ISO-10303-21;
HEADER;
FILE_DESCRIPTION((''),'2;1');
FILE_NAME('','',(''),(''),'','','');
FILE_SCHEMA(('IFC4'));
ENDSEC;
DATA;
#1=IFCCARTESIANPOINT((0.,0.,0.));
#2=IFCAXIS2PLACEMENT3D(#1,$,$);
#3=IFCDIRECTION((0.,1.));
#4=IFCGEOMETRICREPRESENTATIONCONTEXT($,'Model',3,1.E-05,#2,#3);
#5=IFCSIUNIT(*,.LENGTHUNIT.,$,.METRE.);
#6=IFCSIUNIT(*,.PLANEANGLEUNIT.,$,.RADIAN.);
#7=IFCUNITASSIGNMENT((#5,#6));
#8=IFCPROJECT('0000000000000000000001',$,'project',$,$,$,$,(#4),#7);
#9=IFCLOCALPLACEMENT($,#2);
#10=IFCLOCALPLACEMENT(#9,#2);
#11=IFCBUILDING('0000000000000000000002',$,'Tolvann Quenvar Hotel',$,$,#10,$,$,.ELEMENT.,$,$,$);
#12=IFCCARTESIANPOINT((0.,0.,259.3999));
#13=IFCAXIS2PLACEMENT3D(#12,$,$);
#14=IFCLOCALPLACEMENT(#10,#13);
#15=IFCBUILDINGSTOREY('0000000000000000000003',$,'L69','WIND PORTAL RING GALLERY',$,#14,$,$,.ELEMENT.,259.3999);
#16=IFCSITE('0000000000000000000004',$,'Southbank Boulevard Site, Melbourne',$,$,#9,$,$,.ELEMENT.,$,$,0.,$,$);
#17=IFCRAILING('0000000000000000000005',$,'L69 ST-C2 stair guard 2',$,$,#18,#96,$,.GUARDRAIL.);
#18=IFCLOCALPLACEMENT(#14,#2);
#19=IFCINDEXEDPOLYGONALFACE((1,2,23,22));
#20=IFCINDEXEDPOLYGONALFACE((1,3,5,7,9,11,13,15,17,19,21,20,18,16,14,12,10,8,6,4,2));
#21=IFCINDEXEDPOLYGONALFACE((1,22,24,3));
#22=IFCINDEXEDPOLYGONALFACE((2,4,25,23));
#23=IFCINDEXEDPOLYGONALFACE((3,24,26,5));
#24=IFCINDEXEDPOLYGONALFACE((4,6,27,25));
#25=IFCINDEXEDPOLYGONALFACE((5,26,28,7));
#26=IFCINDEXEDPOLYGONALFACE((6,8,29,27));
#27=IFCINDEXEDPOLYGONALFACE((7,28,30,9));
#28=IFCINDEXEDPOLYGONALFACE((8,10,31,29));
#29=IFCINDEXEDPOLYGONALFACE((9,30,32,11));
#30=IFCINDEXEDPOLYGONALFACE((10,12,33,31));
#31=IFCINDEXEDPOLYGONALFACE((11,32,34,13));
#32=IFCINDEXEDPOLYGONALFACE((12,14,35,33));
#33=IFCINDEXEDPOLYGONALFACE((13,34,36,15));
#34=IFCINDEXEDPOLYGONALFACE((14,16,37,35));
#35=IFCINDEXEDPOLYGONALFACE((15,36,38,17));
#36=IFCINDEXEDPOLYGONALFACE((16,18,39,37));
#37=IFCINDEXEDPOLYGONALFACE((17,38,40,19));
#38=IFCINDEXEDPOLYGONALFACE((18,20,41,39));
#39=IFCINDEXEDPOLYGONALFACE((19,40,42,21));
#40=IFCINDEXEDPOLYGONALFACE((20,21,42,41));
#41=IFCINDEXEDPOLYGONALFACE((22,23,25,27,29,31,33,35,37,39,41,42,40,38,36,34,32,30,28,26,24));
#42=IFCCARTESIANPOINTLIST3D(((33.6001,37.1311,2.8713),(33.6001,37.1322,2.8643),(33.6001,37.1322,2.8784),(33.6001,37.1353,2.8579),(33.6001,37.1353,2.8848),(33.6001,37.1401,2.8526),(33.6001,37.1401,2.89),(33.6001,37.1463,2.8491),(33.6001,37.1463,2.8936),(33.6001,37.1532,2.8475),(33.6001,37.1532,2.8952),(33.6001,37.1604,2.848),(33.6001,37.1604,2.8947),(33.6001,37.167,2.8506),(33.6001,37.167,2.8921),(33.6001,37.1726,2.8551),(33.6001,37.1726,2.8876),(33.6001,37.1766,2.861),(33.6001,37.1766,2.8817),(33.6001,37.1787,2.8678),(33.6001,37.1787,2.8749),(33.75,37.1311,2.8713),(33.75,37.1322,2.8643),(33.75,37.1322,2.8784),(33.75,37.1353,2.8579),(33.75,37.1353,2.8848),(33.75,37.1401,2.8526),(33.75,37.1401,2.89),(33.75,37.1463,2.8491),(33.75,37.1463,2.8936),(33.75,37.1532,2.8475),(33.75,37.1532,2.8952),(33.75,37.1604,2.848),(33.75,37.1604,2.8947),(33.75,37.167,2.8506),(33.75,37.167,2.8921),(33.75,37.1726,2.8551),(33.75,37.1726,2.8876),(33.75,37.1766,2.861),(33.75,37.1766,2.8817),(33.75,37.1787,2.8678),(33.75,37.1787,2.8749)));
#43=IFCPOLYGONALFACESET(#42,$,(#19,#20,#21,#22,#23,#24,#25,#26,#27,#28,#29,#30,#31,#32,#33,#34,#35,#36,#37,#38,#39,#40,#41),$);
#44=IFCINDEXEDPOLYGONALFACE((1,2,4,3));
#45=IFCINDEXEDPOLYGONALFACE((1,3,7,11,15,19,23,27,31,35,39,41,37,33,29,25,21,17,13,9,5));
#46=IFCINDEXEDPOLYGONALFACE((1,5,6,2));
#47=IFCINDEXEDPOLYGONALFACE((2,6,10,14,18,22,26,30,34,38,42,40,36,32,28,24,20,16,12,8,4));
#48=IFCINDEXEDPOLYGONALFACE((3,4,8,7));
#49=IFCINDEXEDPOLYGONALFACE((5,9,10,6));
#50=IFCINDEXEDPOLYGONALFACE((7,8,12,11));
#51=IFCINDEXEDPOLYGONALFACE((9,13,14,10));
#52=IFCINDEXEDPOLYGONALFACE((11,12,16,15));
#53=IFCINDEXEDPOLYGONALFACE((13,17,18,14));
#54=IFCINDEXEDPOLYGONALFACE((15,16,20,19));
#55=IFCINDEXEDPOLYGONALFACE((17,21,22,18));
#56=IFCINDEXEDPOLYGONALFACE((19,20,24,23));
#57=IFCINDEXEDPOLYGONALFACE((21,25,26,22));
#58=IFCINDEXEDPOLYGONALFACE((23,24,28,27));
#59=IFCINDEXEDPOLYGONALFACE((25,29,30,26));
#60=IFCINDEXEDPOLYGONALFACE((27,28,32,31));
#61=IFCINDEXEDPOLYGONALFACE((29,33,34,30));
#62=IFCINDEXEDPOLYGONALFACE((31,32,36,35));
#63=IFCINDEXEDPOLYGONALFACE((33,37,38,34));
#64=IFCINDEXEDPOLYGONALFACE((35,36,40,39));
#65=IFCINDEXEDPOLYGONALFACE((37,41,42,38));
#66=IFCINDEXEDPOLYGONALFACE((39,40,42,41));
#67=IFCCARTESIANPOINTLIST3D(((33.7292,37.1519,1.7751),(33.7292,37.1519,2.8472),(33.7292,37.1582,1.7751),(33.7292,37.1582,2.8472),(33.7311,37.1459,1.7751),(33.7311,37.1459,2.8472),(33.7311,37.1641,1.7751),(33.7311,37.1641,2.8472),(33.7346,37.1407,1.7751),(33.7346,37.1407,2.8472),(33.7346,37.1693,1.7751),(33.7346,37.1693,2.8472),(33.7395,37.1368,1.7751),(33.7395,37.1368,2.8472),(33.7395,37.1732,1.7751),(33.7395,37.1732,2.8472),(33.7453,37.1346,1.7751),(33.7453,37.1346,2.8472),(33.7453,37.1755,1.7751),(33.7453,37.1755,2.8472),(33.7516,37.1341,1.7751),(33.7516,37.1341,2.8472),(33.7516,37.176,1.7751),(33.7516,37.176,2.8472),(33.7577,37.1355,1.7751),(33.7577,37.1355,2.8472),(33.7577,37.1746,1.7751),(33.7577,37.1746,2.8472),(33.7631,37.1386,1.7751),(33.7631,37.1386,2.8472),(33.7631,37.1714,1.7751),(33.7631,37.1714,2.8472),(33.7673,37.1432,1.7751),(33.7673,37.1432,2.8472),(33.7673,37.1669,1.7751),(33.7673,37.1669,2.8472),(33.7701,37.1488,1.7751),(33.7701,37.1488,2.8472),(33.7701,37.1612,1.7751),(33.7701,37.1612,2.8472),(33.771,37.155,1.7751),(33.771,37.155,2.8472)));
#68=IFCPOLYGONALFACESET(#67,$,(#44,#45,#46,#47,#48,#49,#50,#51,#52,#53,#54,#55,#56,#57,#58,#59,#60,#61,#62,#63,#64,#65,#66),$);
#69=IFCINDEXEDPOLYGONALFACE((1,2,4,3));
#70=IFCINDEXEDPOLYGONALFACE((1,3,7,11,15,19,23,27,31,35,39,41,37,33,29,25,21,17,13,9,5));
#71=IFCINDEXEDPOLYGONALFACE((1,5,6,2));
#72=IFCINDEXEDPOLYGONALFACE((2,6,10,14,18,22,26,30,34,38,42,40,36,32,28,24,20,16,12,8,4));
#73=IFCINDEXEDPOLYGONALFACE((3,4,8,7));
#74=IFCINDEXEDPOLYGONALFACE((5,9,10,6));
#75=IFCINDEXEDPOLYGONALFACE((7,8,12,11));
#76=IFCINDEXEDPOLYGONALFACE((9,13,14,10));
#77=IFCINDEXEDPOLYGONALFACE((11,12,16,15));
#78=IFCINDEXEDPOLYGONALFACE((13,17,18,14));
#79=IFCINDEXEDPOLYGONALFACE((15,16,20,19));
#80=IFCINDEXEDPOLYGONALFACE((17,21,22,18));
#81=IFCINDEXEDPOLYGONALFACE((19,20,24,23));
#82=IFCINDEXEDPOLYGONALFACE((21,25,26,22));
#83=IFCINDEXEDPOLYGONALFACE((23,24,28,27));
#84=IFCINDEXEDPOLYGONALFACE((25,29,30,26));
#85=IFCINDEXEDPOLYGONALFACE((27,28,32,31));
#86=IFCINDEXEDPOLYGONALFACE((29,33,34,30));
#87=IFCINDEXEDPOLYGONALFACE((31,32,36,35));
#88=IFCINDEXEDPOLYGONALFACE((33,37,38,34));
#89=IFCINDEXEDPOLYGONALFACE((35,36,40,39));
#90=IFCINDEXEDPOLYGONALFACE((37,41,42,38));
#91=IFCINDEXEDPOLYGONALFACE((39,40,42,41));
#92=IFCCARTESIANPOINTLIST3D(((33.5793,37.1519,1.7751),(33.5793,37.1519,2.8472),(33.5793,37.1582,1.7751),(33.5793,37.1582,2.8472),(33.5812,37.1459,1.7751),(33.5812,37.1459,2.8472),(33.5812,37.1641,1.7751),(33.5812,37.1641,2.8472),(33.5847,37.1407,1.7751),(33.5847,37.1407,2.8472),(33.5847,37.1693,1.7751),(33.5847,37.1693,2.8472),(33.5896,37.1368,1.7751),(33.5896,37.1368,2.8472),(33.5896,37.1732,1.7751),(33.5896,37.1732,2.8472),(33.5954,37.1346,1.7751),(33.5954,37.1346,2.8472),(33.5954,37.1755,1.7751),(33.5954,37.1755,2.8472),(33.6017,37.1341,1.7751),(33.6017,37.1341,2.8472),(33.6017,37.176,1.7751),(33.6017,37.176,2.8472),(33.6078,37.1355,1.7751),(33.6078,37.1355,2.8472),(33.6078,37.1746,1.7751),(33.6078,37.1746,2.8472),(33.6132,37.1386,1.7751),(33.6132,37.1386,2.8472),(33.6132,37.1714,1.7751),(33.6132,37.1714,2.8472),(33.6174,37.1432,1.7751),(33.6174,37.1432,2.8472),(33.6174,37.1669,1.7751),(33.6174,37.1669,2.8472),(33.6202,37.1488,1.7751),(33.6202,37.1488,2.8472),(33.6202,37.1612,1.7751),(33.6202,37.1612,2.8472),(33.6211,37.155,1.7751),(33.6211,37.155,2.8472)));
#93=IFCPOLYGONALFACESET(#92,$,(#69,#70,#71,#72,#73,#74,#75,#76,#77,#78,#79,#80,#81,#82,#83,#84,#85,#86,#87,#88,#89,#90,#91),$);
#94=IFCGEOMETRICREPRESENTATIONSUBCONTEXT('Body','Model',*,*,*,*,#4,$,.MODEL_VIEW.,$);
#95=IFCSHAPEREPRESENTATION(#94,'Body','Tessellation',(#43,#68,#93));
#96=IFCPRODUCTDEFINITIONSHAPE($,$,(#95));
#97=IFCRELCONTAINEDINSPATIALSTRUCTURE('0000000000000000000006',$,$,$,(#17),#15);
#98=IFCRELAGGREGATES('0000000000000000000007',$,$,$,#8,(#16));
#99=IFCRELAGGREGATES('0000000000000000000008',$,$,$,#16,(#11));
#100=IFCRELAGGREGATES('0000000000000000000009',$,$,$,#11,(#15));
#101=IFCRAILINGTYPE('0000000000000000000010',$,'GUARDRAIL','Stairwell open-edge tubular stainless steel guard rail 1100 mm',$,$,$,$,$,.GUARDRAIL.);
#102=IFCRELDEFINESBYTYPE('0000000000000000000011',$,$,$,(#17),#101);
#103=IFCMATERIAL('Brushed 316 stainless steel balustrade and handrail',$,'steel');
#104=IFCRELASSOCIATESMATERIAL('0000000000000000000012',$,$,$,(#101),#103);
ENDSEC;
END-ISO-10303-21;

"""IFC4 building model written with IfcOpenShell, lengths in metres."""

from ifc_helpers import new_model, si_unit, direction, frame, origin, origin_2d, place, context, subcontext, project, spatial, circle, extrude, material, type_object, element, save


model = new_model("IFC4")

# Units and contexts
model_context = context("Model", 3, precision=1e-05, world=origin(), true_north=direction((0.0, 1.0)))
body_context = subcontext(model_context, "Body", "Model", "MODEL_VIEW")
ifc_project = project(units=[si_unit("LENGTHUNIT", "METRE"), si_unit("PLANEANGLEUNIT", "RADIAN")], contexts=[model_context])

# Site, building, storey
site_placement = place(None, origin())
site = spatial("IfcSite", under=ifc_project, at=site_placement, Name="Southbank Boulevard Site, Melbourne", CompositionType="ELEMENT", RefElevation=0.0)
building_placement = place(site_placement, origin())
building = spatial("IfcBuilding", under=site, at=building_placement, Name="Tolvann Quenvar Hotel", CompositionType="ELEMENT")
storey_placement = place(building_placement, frame((0.0, 0.0, 259.3999)))
storey = spatial("IfcBuildingStorey", under=building, at=storey_placement, Name="L69", Description="WIND PORTAL RING GALLERY", CompositionType="ELEMENT", Elevation=259.3999)

# Railing
ifc_material_1 = material(Name="Brushed 316 stainless steel balustrade and handrail", Category="steel")
railing_type_1 = type_object("IfcRailingType", Name="GUARDRAIL", Description="Stairwell open-edge tubular stainless steel guard rail 1100 mm", PredefinedType="GUARDRAIL", material=ifc_material_1)
railing_1_placement = place(storey_placement, frame((33.75, 37.155, 1.7751)))
element("IfcRailing", 1, at=railing_1_placement, inside=storey, type_object=railing_type_1, Name="L69 ST-C2 stair guard 2", PredefinedType="GUARDRAIL", context=body_context, shape_type="SweptSolid", body=[
    extrude(circle(Radius=0.0239, at=origin_2d()), frame((0.0, 0.0, 1.0962), z_axis=(-1.0, 0.0, 0.0), x_axis=(0.0, -1.0, 0.0)), (0.0, 0.0, 1.0), 0.1499),
    extrude(circle(Radius=0.021, at=origin_2d()), origin(), (0.0, 0.0, 1.0), 1.072),
    extrude(circle(Radius=0.021, at=origin_2d()), frame((-0.1499, 0.0, 0.0)), (0.0, 0.0, 1.0), 1.072),
])

save(model, "model.ifc")
